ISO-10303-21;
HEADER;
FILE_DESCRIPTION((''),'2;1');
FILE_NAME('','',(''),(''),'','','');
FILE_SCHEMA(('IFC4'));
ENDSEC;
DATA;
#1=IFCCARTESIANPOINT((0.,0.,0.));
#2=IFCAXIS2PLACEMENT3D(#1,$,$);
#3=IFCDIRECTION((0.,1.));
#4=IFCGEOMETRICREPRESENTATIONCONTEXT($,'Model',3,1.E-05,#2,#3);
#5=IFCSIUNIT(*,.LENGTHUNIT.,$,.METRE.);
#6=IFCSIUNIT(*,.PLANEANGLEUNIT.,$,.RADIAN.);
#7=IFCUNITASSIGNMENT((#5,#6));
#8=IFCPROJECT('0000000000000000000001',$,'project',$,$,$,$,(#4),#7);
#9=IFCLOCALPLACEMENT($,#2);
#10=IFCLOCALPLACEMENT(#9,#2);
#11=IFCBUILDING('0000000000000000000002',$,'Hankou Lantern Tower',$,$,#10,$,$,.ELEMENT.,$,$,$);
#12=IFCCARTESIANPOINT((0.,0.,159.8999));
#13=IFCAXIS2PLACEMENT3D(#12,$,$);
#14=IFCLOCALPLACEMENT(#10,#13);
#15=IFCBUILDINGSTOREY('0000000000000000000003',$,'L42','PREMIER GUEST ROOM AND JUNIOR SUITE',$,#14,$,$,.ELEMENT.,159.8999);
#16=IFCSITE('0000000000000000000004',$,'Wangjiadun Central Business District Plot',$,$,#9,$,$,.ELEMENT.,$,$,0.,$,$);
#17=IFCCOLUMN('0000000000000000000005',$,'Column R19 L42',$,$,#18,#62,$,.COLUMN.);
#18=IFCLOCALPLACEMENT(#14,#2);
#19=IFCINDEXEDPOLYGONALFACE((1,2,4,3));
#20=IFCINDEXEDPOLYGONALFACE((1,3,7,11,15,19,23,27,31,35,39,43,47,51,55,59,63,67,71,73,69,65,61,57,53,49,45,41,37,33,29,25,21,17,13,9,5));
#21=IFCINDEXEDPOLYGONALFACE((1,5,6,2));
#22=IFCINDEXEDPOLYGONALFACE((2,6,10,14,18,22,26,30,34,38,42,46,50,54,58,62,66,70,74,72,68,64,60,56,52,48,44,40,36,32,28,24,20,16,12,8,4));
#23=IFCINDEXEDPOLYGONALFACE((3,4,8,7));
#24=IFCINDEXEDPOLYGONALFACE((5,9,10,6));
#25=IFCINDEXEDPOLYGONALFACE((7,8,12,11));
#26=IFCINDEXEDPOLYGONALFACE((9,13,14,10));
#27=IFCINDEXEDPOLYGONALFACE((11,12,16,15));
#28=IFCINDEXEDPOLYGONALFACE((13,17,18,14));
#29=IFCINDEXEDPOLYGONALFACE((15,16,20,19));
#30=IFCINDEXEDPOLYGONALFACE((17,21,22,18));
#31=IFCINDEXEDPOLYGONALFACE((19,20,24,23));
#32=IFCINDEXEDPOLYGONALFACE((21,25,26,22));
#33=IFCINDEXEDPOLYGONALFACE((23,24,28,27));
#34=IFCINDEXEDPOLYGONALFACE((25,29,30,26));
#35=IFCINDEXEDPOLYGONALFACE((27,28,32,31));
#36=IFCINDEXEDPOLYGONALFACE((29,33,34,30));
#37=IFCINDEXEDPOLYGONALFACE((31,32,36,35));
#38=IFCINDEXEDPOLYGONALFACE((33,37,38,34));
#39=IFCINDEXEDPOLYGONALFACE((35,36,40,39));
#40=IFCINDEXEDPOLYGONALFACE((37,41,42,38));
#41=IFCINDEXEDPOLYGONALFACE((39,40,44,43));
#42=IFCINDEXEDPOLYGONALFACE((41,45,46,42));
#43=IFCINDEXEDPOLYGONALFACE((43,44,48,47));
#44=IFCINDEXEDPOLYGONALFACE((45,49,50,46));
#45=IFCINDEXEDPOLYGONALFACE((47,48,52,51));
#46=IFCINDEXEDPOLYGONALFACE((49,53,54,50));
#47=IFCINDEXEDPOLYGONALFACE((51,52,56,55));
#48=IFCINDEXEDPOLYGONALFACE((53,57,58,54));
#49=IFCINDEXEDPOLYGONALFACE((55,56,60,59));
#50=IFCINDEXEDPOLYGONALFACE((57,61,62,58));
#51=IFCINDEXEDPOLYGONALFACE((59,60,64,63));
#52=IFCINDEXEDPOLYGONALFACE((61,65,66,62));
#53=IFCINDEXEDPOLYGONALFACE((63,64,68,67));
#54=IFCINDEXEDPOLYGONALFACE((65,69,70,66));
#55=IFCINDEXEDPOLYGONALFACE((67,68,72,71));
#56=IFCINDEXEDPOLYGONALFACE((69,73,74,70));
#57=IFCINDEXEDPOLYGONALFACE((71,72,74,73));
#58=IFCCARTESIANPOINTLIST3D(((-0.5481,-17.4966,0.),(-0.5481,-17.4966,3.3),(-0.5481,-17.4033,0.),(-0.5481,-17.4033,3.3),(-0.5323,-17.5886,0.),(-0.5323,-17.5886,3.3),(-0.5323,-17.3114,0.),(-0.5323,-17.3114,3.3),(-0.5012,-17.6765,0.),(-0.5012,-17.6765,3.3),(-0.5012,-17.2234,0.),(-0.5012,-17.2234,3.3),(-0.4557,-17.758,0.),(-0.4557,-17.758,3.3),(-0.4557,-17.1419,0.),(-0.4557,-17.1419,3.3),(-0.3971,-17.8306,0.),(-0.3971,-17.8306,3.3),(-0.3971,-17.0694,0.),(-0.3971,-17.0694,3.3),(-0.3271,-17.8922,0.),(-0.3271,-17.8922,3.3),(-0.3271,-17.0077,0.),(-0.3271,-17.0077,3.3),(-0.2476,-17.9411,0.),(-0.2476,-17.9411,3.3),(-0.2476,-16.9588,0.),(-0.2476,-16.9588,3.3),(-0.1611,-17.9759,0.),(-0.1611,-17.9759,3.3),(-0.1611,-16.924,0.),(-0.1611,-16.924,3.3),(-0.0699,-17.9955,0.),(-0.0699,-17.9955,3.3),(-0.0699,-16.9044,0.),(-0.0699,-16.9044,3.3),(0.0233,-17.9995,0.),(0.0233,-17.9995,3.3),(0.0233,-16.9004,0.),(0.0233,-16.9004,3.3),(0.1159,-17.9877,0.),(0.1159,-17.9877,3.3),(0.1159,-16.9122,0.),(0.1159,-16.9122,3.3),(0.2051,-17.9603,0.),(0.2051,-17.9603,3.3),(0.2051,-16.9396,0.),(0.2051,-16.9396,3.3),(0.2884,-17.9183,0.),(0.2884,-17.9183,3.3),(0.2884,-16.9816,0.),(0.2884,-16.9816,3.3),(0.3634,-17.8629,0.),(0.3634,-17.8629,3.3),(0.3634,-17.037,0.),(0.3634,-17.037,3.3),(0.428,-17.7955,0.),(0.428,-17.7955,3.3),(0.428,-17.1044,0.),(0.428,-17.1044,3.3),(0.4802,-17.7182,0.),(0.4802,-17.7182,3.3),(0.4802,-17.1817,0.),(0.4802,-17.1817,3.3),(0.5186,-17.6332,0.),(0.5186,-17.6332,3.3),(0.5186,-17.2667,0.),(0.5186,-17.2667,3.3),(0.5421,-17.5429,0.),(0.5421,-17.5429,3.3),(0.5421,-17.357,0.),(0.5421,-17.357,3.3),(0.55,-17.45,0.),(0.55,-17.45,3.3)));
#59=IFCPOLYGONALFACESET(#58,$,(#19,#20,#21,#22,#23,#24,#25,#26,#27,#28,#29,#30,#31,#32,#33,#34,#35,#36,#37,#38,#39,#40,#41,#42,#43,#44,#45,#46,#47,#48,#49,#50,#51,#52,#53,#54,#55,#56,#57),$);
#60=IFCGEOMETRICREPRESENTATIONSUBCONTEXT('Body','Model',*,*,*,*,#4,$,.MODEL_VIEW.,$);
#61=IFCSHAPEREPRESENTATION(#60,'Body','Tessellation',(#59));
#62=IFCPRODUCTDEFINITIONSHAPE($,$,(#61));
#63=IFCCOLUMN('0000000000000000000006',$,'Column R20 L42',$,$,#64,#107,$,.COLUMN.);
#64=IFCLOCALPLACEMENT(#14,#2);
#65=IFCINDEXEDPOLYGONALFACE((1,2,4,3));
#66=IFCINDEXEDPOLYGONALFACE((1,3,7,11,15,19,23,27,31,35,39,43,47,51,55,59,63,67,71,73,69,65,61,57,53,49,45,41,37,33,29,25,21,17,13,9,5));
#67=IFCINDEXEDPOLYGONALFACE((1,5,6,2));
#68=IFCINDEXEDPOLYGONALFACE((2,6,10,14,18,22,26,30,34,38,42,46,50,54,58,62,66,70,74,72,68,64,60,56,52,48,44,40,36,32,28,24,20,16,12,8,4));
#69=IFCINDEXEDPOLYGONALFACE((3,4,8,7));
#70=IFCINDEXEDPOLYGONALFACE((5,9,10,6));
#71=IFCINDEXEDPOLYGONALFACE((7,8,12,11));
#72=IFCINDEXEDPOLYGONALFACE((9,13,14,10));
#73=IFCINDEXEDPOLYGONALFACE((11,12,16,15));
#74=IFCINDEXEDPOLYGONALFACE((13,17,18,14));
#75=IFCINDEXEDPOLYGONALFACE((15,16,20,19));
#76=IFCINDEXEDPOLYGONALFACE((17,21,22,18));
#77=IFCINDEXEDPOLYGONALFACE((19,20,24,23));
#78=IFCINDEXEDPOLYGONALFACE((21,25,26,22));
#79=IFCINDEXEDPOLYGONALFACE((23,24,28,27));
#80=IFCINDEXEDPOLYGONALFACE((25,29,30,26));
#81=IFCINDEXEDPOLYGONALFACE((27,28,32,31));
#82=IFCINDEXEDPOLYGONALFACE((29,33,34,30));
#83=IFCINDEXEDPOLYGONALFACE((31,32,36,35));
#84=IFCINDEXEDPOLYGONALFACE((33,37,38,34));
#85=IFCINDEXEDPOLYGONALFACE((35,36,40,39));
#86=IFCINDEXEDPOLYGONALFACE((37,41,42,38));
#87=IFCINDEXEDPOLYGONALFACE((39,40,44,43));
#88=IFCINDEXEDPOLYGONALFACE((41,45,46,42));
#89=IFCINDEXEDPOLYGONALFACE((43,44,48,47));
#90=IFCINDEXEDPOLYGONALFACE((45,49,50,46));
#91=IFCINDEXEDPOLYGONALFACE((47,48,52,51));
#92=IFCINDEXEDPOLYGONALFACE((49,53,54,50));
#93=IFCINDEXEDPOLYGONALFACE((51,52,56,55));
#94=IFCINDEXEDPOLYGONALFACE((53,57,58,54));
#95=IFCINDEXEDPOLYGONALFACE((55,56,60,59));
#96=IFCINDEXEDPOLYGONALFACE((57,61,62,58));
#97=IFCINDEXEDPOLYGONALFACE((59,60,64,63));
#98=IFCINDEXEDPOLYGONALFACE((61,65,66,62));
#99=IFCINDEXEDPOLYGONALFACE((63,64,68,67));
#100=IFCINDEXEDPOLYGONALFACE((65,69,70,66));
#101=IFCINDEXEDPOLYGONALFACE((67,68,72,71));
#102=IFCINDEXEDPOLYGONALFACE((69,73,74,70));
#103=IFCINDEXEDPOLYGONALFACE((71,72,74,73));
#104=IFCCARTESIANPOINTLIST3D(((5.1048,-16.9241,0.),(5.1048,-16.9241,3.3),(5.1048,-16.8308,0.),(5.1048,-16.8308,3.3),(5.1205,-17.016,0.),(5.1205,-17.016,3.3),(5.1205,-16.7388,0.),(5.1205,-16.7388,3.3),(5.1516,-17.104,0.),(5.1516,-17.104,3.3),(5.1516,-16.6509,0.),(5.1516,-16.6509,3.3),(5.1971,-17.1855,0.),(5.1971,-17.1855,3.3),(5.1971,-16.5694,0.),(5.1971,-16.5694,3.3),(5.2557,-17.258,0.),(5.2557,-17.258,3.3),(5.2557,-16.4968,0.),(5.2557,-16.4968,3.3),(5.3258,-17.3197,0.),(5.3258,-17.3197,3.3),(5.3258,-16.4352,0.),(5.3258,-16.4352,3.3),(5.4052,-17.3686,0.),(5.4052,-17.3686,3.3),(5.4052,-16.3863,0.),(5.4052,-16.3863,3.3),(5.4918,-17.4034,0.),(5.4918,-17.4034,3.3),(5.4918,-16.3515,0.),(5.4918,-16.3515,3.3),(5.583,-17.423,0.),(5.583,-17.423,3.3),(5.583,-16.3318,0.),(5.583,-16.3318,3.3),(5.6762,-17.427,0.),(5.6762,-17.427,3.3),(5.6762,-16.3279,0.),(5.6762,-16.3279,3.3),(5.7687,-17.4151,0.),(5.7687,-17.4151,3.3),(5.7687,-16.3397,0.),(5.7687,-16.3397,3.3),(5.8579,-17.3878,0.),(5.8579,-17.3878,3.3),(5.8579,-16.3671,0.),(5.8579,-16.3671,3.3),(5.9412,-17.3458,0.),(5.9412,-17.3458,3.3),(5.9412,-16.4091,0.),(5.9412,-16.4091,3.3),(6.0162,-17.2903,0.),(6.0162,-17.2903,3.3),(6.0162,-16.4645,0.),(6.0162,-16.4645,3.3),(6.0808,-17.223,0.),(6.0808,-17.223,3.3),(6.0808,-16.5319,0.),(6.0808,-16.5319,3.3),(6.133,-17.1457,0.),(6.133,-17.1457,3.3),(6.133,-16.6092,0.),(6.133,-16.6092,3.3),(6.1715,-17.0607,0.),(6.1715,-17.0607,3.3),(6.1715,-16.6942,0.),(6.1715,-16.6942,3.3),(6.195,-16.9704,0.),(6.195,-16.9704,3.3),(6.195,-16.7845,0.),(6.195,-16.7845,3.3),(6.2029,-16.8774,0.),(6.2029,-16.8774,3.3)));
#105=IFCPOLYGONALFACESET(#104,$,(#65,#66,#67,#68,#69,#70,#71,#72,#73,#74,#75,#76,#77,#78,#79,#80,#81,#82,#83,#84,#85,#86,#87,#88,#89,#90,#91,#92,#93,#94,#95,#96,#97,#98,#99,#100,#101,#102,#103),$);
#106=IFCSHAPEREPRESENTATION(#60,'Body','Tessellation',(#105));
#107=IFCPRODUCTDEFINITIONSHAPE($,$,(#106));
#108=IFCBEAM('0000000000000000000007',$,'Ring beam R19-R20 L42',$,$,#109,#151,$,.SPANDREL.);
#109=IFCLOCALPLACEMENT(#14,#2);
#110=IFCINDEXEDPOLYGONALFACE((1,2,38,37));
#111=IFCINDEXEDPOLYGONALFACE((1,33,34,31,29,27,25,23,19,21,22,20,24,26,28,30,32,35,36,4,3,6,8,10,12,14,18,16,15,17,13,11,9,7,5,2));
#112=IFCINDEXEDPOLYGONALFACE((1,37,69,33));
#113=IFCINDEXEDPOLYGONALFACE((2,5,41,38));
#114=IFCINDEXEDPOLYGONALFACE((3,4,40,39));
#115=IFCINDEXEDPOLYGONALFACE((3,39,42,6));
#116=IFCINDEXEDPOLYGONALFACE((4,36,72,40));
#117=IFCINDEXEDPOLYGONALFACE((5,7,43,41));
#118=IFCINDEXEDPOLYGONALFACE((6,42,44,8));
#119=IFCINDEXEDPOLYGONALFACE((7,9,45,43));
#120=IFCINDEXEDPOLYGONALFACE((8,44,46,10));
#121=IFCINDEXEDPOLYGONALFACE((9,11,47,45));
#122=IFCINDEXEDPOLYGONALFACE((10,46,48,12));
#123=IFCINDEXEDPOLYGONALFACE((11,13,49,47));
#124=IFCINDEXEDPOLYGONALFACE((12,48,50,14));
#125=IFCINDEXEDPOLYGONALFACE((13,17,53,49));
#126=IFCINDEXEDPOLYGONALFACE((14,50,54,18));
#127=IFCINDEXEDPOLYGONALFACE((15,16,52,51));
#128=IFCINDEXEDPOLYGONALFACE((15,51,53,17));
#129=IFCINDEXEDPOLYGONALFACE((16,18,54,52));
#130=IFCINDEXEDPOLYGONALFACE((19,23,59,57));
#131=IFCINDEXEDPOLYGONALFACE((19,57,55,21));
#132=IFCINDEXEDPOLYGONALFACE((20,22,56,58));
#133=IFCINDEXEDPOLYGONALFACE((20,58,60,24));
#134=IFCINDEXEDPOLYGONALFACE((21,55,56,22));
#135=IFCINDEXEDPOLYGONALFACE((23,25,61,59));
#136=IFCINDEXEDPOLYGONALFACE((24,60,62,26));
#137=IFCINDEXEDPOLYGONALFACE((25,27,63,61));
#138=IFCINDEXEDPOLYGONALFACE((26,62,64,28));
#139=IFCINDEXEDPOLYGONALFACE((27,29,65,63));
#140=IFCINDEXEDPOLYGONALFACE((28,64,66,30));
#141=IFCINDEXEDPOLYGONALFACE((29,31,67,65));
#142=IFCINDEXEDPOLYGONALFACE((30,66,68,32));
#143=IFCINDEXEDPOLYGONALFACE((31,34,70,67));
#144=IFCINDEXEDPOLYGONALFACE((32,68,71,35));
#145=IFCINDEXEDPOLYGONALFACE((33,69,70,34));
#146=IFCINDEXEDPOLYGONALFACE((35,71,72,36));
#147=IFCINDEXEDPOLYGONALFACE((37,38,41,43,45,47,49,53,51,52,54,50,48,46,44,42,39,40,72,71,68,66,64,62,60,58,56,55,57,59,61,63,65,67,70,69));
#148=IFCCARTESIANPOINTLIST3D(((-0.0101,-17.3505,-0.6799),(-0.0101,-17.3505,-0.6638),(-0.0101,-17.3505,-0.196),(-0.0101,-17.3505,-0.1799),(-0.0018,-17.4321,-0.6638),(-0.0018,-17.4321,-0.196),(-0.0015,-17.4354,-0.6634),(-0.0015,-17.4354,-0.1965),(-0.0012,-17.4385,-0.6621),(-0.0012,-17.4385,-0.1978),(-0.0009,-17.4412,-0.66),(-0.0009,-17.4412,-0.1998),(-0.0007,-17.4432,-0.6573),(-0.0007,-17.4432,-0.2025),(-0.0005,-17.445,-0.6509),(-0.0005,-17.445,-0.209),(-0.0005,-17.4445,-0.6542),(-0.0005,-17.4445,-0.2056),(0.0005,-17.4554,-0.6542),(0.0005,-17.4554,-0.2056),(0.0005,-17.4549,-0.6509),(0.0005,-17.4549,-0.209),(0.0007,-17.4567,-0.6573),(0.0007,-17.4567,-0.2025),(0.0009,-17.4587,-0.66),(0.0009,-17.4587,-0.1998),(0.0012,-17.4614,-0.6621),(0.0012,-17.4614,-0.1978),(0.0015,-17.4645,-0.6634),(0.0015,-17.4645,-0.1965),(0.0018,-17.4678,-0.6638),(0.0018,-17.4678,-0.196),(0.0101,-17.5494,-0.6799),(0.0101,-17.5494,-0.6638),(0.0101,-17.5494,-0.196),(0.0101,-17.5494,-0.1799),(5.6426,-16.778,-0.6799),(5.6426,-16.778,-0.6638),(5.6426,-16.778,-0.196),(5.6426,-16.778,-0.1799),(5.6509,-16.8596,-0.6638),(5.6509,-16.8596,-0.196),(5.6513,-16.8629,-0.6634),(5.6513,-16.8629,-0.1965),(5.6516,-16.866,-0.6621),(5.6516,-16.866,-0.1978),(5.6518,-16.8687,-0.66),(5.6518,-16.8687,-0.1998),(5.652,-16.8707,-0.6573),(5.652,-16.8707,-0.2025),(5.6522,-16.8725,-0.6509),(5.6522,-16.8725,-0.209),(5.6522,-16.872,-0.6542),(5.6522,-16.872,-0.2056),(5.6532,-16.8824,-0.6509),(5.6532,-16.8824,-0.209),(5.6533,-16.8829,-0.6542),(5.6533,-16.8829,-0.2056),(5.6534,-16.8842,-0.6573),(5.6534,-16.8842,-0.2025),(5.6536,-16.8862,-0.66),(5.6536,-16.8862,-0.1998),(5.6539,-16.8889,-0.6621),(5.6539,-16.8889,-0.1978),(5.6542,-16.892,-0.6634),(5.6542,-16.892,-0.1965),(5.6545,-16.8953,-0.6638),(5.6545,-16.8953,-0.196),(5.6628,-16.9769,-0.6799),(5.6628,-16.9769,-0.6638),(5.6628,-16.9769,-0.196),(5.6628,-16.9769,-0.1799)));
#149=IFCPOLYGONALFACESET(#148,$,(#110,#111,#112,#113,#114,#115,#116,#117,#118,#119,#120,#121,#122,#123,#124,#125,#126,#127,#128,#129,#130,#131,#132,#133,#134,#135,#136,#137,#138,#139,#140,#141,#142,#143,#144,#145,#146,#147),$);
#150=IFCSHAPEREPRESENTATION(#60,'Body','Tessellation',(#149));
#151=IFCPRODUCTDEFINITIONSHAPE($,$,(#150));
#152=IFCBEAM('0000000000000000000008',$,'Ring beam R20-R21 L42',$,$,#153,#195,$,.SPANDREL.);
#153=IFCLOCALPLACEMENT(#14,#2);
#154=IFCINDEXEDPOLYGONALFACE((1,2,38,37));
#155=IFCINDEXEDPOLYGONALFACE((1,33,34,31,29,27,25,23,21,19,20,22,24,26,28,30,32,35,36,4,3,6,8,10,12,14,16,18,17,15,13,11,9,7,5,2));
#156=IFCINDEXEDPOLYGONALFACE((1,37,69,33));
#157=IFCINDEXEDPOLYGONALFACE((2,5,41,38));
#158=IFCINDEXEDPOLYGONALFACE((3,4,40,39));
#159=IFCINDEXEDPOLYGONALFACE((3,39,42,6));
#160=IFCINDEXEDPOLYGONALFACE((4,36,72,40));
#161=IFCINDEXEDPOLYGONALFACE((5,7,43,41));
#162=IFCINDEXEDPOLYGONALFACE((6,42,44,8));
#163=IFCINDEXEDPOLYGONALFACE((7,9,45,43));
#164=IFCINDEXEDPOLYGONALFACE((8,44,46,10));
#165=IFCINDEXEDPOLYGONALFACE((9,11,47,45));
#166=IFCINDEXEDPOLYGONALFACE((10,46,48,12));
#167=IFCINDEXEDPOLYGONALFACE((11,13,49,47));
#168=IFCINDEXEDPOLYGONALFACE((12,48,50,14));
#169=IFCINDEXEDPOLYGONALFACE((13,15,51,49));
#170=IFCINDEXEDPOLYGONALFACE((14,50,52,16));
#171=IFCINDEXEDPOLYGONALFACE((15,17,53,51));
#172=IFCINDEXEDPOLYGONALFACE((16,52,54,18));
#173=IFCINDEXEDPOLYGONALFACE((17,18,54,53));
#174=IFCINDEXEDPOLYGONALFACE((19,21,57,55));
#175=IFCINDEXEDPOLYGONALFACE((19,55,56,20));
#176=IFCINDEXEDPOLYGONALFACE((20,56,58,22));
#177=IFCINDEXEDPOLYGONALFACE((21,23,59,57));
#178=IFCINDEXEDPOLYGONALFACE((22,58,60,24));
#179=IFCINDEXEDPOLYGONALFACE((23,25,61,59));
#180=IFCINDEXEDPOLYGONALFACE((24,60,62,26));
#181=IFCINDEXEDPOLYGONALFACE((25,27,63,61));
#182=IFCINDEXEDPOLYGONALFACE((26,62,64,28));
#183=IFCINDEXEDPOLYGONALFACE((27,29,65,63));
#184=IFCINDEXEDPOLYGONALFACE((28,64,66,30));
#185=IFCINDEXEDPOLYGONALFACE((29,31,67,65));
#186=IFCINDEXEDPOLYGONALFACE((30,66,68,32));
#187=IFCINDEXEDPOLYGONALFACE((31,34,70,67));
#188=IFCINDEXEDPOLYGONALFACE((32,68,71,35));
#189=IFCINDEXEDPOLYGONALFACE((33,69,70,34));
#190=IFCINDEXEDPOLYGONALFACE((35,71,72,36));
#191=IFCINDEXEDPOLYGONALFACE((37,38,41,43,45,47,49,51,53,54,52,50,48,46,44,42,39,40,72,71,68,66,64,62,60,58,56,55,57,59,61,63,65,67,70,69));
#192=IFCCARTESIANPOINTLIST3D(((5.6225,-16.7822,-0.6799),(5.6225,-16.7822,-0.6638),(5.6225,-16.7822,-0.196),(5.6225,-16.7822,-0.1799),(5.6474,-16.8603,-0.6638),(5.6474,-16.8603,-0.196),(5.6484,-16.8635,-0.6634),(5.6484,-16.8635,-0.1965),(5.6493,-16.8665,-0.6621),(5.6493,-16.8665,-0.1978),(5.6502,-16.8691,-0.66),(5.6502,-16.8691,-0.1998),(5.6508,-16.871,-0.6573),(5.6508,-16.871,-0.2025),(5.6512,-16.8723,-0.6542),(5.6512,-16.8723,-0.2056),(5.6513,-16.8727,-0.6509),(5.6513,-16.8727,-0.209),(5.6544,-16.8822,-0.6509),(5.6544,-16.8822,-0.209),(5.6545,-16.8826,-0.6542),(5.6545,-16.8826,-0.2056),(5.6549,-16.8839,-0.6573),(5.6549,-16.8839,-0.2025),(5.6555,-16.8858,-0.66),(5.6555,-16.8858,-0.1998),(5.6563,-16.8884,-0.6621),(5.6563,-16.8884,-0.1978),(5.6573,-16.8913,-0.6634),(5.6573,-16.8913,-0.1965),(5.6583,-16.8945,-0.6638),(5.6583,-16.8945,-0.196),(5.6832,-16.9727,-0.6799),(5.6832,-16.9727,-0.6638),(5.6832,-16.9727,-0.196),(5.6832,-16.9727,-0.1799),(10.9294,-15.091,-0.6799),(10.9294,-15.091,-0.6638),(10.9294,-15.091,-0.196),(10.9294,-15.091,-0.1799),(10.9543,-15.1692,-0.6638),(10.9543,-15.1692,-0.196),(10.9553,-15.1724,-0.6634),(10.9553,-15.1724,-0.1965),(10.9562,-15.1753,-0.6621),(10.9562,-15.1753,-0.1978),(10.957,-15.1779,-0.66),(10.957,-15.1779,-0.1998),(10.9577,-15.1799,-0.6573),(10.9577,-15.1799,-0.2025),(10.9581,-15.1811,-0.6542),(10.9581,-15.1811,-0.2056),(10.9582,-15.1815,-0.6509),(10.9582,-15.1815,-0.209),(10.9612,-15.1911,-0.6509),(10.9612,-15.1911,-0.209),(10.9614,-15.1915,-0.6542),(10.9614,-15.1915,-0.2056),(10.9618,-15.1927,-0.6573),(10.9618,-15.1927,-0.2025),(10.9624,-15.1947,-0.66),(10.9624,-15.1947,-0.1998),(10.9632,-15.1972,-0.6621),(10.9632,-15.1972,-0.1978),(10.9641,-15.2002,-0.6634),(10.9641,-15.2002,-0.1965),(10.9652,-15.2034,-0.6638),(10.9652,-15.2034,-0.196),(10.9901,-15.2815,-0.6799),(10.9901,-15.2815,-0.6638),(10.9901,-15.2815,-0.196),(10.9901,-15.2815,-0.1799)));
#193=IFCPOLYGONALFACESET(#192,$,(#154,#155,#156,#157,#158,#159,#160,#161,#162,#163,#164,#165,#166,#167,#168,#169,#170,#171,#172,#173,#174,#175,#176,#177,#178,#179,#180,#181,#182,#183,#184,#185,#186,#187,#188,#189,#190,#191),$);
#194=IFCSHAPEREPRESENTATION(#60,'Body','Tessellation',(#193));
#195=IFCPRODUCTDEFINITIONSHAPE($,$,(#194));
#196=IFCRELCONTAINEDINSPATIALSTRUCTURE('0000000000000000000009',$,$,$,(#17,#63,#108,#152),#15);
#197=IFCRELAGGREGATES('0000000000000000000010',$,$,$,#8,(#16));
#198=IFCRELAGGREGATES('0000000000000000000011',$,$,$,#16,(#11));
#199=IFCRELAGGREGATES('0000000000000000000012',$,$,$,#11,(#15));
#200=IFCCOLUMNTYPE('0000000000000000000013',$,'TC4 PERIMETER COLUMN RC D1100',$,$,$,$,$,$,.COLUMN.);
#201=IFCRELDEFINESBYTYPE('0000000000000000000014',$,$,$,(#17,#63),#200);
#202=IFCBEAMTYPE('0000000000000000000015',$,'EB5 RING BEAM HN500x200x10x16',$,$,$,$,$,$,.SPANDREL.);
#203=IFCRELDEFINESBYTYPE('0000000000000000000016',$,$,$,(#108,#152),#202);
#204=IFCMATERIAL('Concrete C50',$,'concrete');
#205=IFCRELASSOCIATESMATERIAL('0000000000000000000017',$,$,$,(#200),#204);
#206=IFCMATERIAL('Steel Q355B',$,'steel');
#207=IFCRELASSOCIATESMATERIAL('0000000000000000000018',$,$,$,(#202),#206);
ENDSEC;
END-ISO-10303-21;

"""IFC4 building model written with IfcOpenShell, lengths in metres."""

from ifc_helpers import new_model, si_unit, direction, frame, origin, origin_2d, place, context, subcontext, project, spatial, circle, i_section, extrude, material, material_profile, profile_set, type_object, element, save


model = new_model("IFC4")

# Units and contexts
model_context = context("Model", 3, precision=1e-05, world=origin(), true_north=direction((0.0, 1.0)))
body_context = subcontext(model_context, "Body", "Model", "MODEL_VIEW")
ifc_project = project(units=[si_unit("LENGTHUNIT", "METRE"), si_unit("PLANEANGLEUNIT", "RADIAN")], contexts=[model_context])

# Site, building, storey
site_placement = place(None, origin())
site = spatial("IfcSite", under=ifc_project, at=site_placement, Name="Wangjiadun Central Business District Plot", CompositionType="ELEMENT", RefElevation=0.0)
building_placement = place(site_placement, origin())
building = spatial("IfcBuilding", under=site, at=building_placement, Name="Hankou Lantern Tower", CompositionType="ELEMENT")
storey_placement = place(building_placement, frame((0.0, 0.0, 159.8999)))
storey = spatial("IfcBuildingStorey", under=building, at=storey_placement, Name="L42", Description="PREMIER GUEST ROOM AND JUNIOR SUITE", CompositionType="ELEMENT", Elevation=159.8999)

# Columns
ifc_material_1 = material(Name="Concrete C50", Category="concrete")
ifc_material_profile_1 = material_profile(ifc_material_1, circle(Radius=0.55, at=origin_2d()), Name="RC D1100")
ifc_profile_set_1 = profile_set([ifc_material_profile_1], Name="Concrete C50")
column_type = type_object("IfcColumnType", Name="TC4 PERIMETER COLUMN RC D1100", PredefinedType="COLUMN", material=ifc_profile_set_1)
for number, where, z_axis, x_axis, name in (
    (1, (0.0, -17.45, 0.0), (0.0, 0.0, 1.0), (1.0, 0.0, 0.0), "Column R19 L42"),
    (2, (5.6528, -16.8774, 0.0), (0.0, 0.0, 1.0), (1.0, 0.0, 0.0), "Column R20 L42"),
):
    element("IfcColumn", number, at=place(storey_placement, frame(where, z_axis=z_axis, x_axis=x_axis)), inside=storey, type_object=column_type, Name=name, PredefinedType="COLUMN", context=body_context, shape_type="SweptSolid", body=[
        extrude(circle(Radius=0.55, at=origin_2d()), origin(), (0.0, 0.0, 1.0), 3.3),
    ])

# Beams
ifc_material_2 = material(Name="Steel Q355B", Category="steel")
ifc_material_profile_2 = material_profile(ifc_material_2, i_section(OverallWidth=0.2, OverallDepth=0.5, WebThickness=0.01, FlangeThickness=0.0161, FilletRadius=0.0129, at=origin_2d()), Name="HN500x200x10x16")
ifc_profile_set_2 = profile_set([ifc_material_profile_2], Name="Steel Q355B")
beam_type_1 = type_object("IfcBeamType", Name="EB5 RING BEAM HN500x200x10x16", PredefinedType="SPANDREL", material=ifc_profile_set_2)
beam_1_placement = place(storey_placement, frame((0.0, -17.45, -0.4299), z_axis=(0.99491, 0.100763, 0.0), x_axis=(-0.100763, 0.99491, 0.0)))
element("IfcBeam", 3, at=beam_1_placement, inside=storey, type_object=beam_type_1, Name="Ring beam R19-R20 L42", PredefinedType="SPANDREL", context=body_context, shape_type="SweptSolid", body=[
    extrude(i_section(OverallWidth=0.2, OverallDepth=0.5, WebThickness=0.01, FlangeThickness=0.0161, FilletRadius=0.0129, at=origin_2d()), origin(), (0.0, 0.0, 1.0), 5.6816),
])
beam_2_placement = place(storey_placement, frame((5.6528, -16.8774, -0.4299), z_axis=(0.95279, 0.303629, 0.0), x_axis=(-0.303629, 0.95279, 0.0)))
element("IfcBeam", 4, at=beam_2_placement, inside=storey, type_object=beam_type_1, Name="Ring beam R20-R21 L42", PredefinedType="SPANDREL", context=body_context, shape_type="SweptSolid", body=[
    extrude(i_section(OverallWidth=0.2, OverallDepth=0.5, WebThickness=0.01, FlangeThickness=0.0161, FilletRadius=0.0129, at=origin_2d()), origin(), (0.0, 0.0, 1.0), 5.5698),
])

save(model, "model.ifc")
